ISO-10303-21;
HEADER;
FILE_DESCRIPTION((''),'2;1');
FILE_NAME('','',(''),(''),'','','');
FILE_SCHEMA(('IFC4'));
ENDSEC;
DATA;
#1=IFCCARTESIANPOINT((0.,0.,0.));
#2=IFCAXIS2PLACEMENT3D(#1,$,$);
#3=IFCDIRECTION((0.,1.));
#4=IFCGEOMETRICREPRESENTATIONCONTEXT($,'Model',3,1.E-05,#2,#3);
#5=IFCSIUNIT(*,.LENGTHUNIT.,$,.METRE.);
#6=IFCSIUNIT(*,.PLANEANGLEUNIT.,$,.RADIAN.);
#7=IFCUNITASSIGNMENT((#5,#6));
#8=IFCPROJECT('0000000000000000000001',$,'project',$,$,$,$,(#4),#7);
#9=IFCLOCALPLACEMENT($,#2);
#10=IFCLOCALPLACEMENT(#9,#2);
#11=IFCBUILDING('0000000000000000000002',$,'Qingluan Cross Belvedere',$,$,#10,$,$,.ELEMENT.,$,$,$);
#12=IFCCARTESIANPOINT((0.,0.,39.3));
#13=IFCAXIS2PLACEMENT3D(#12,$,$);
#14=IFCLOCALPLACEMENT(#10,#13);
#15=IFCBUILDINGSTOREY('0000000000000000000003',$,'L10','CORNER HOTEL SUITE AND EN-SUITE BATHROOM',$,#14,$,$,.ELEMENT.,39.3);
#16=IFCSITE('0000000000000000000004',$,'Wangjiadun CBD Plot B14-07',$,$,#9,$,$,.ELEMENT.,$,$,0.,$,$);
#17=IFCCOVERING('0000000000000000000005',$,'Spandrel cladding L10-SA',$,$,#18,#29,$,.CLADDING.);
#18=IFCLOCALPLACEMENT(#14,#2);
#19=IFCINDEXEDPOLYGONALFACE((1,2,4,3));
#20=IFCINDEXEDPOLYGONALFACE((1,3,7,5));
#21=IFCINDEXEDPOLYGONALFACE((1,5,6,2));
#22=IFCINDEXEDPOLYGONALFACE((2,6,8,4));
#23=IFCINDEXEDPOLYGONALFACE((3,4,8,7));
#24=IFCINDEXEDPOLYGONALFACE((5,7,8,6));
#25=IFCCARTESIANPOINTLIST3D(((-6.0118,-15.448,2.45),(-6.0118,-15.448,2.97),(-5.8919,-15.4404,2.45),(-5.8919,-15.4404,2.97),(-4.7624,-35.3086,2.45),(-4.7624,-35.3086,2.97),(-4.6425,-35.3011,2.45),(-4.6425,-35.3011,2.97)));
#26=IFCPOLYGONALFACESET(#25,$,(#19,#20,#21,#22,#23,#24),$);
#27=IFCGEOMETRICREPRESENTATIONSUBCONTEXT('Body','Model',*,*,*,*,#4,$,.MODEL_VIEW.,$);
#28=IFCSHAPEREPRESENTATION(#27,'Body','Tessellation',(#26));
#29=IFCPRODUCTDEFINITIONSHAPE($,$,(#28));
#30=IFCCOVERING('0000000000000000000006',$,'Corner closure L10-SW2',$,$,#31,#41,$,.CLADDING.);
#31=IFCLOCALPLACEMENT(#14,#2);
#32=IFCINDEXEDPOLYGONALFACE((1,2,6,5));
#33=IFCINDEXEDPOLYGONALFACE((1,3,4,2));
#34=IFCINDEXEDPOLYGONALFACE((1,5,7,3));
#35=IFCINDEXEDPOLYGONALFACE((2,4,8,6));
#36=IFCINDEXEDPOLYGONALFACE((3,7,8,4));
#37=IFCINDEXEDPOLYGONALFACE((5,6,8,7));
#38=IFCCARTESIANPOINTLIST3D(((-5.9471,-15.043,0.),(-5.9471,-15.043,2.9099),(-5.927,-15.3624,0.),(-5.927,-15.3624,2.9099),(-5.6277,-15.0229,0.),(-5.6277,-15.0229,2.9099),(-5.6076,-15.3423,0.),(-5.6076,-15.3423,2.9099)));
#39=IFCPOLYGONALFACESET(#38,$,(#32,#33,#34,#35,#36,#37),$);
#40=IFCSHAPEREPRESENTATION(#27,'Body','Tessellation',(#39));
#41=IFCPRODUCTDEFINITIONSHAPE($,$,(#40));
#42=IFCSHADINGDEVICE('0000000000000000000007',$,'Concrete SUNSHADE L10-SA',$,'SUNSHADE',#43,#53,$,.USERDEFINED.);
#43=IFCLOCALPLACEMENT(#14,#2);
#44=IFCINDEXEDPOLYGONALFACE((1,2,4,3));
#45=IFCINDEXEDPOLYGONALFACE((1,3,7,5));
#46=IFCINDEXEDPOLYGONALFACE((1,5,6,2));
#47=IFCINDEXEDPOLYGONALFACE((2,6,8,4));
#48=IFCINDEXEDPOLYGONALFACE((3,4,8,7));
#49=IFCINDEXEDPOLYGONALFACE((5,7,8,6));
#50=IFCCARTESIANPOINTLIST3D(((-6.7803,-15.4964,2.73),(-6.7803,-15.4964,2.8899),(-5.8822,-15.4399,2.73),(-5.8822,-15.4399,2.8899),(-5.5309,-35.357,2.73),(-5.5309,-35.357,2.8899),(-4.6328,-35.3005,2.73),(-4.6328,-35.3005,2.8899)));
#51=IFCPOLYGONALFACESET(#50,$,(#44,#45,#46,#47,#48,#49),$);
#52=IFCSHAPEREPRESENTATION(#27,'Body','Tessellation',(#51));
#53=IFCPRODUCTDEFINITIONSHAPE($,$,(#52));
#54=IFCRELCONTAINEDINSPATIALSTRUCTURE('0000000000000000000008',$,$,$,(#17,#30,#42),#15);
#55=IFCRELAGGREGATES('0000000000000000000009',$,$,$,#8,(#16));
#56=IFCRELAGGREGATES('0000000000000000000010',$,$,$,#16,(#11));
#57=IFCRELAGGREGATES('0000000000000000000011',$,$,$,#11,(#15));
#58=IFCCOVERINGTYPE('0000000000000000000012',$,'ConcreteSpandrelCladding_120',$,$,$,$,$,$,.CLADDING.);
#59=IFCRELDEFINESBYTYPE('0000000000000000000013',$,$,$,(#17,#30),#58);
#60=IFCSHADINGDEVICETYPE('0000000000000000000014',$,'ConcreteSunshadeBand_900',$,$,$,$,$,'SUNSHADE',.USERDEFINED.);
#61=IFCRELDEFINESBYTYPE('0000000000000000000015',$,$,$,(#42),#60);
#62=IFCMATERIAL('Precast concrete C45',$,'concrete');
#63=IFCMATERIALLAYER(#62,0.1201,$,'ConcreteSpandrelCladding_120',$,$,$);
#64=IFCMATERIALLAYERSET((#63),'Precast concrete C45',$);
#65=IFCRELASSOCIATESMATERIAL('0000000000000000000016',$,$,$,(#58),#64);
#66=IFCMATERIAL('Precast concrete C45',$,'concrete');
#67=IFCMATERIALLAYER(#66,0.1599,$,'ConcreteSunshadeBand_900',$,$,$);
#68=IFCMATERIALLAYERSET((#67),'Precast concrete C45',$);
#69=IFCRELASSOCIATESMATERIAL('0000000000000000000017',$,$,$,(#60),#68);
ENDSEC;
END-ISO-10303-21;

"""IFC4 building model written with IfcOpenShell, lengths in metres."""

from ifc_helpers import new_model, si_unit, direction, frame, origin, origin_2d, place, context, subcontext, project, spatial, rectangle, extrude, material, layer, layer_set, type_object, element, save


model = new_model("IFC4")

# Units and contexts
model_context = context("Model", 3, precision=1e-05, world=origin(), true_north=direction((0.0, 1.0)))
body_context = subcontext(model_context, "Body", "Model", "MODEL_VIEW")
ifc_project = project(units=[si_unit("LENGTHUNIT", "METRE"), si_unit("PLANEANGLEUNIT", "RADIAN")], contexts=[model_context])

# Site, building, storey
site_placement = place(None, origin())
site = spatial("IfcSite", under=ifc_project, at=site_placement, Name="Wangjiadun CBD Plot B14-07", CompositionType="ELEMENT", RefElevation=0.0)
building_placement = place(site_placement, origin())
building = spatial("IfcBuilding", under=site, at=building_placement, Name="Qingluan Cross Belvedere", CompositionType="ELEMENT")
storey_placement = place(building_placement, frame((0.0, 0.0, 39.3)))
storey = spatial("IfcBuildingStorey", under=building, at=storey_placement, Name="L10", Description="CORNER HOTEL SUITE AND EN-SUITE BATHROOM", CompositionType="ELEMENT", Elevation=39.3)

# Coverings
ifc_material_1 = material(Name="Precast concrete C45", Category="concrete")
ifc_layer_1 = layer(ifc_material_1, 0.1201, Name="ConcreteSpandrelCladding_120")
ifc_layer_set_1 = layer_set([ifc_layer_1], Name="Precast concrete C45")
covering_type = type_object("IfcCoveringType", Name="ConcreteSpandrelCladding_120", PredefinedType="CLADDING", material=ifc_layer_set_1)
covering_1_placement = place(storey_placement, frame((-5.3271, -25.3745, 2.45), z_axis=(0.0, 0.0, 1.0), x_axis=(0.062786, -0.998027, 0.0)))
element("IfcCovering", 1, at=covering_1_placement, inside=storey, type_object=covering_type, Name="Spandrel cladding L10-SA", PredefinedType="CLADDING", context=body_context, shape_type="SweptSolid", body=[
    extrude(rectangle(XDim=19.8999, YDim=0.1201, at=origin_2d()), origin(), (0.0, 0.0, 1.0), 0.52),
])
covering_2_placement = place(storey_placement, frame((-5.7773, -15.1926, 0.0), z_axis=(0.0, 0.0, 1.0), x_axis=(0.998027, 0.062791, 0.0)))
element("IfcCovering", 2, at=covering_2_placement, inside=storey, type_object=covering_type, Name="Corner closure L10-SW2", PredefinedType="CLADDING", context=body_context, shape_type="SweptSolid", body=[
    extrude(rectangle(XDim=0.3201, YDim=0.3201, at=origin_2d()), origin(), (0.0, 0.0, 1.0), 2.9099),
])

# Shading device
ifc_material_2 = material(Name="Precast concrete C45", Category="concrete")
ifc_layer_2 = layer(ifc_material_2, 0.1599, Name="ConcreteSunshadeBand_900")
ifc_layer_set_2 = layer_set([ifc_layer_2], Name="Precast concrete C45")
shading_device_type = type_object("IfcShadingDeviceType", Name="ConcreteSunshadeBand_900", ElementType="SUNSHADE", PredefinedType="USERDEFINED", material=ifc_layer_set_2)
shading_device_placement = place(storey_placement, frame((-5.7065, -25.3984, 2.73), z_axis=(0.0, 0.0, 1.0), x_axis=(0.062786, -0.998027, 0.0)))
element("IfcShadingDevice", 3, at=shading_device_placement, inside=storey, type_object=shading_device_type, Name="Concrete SUNSHADE L10-SA", ObjectType="SUNSHADE", PredefinedType="USERDEFINED", context=body_context, shape_type="SweptSolid", body=[
    extrude(rectangle(XDim=19.8999, YDim=0.8999, at=origin_2d()), origin(), (0.0, 0.0, 1.0), 0.1599),
])

save(model, "model.ifc")
